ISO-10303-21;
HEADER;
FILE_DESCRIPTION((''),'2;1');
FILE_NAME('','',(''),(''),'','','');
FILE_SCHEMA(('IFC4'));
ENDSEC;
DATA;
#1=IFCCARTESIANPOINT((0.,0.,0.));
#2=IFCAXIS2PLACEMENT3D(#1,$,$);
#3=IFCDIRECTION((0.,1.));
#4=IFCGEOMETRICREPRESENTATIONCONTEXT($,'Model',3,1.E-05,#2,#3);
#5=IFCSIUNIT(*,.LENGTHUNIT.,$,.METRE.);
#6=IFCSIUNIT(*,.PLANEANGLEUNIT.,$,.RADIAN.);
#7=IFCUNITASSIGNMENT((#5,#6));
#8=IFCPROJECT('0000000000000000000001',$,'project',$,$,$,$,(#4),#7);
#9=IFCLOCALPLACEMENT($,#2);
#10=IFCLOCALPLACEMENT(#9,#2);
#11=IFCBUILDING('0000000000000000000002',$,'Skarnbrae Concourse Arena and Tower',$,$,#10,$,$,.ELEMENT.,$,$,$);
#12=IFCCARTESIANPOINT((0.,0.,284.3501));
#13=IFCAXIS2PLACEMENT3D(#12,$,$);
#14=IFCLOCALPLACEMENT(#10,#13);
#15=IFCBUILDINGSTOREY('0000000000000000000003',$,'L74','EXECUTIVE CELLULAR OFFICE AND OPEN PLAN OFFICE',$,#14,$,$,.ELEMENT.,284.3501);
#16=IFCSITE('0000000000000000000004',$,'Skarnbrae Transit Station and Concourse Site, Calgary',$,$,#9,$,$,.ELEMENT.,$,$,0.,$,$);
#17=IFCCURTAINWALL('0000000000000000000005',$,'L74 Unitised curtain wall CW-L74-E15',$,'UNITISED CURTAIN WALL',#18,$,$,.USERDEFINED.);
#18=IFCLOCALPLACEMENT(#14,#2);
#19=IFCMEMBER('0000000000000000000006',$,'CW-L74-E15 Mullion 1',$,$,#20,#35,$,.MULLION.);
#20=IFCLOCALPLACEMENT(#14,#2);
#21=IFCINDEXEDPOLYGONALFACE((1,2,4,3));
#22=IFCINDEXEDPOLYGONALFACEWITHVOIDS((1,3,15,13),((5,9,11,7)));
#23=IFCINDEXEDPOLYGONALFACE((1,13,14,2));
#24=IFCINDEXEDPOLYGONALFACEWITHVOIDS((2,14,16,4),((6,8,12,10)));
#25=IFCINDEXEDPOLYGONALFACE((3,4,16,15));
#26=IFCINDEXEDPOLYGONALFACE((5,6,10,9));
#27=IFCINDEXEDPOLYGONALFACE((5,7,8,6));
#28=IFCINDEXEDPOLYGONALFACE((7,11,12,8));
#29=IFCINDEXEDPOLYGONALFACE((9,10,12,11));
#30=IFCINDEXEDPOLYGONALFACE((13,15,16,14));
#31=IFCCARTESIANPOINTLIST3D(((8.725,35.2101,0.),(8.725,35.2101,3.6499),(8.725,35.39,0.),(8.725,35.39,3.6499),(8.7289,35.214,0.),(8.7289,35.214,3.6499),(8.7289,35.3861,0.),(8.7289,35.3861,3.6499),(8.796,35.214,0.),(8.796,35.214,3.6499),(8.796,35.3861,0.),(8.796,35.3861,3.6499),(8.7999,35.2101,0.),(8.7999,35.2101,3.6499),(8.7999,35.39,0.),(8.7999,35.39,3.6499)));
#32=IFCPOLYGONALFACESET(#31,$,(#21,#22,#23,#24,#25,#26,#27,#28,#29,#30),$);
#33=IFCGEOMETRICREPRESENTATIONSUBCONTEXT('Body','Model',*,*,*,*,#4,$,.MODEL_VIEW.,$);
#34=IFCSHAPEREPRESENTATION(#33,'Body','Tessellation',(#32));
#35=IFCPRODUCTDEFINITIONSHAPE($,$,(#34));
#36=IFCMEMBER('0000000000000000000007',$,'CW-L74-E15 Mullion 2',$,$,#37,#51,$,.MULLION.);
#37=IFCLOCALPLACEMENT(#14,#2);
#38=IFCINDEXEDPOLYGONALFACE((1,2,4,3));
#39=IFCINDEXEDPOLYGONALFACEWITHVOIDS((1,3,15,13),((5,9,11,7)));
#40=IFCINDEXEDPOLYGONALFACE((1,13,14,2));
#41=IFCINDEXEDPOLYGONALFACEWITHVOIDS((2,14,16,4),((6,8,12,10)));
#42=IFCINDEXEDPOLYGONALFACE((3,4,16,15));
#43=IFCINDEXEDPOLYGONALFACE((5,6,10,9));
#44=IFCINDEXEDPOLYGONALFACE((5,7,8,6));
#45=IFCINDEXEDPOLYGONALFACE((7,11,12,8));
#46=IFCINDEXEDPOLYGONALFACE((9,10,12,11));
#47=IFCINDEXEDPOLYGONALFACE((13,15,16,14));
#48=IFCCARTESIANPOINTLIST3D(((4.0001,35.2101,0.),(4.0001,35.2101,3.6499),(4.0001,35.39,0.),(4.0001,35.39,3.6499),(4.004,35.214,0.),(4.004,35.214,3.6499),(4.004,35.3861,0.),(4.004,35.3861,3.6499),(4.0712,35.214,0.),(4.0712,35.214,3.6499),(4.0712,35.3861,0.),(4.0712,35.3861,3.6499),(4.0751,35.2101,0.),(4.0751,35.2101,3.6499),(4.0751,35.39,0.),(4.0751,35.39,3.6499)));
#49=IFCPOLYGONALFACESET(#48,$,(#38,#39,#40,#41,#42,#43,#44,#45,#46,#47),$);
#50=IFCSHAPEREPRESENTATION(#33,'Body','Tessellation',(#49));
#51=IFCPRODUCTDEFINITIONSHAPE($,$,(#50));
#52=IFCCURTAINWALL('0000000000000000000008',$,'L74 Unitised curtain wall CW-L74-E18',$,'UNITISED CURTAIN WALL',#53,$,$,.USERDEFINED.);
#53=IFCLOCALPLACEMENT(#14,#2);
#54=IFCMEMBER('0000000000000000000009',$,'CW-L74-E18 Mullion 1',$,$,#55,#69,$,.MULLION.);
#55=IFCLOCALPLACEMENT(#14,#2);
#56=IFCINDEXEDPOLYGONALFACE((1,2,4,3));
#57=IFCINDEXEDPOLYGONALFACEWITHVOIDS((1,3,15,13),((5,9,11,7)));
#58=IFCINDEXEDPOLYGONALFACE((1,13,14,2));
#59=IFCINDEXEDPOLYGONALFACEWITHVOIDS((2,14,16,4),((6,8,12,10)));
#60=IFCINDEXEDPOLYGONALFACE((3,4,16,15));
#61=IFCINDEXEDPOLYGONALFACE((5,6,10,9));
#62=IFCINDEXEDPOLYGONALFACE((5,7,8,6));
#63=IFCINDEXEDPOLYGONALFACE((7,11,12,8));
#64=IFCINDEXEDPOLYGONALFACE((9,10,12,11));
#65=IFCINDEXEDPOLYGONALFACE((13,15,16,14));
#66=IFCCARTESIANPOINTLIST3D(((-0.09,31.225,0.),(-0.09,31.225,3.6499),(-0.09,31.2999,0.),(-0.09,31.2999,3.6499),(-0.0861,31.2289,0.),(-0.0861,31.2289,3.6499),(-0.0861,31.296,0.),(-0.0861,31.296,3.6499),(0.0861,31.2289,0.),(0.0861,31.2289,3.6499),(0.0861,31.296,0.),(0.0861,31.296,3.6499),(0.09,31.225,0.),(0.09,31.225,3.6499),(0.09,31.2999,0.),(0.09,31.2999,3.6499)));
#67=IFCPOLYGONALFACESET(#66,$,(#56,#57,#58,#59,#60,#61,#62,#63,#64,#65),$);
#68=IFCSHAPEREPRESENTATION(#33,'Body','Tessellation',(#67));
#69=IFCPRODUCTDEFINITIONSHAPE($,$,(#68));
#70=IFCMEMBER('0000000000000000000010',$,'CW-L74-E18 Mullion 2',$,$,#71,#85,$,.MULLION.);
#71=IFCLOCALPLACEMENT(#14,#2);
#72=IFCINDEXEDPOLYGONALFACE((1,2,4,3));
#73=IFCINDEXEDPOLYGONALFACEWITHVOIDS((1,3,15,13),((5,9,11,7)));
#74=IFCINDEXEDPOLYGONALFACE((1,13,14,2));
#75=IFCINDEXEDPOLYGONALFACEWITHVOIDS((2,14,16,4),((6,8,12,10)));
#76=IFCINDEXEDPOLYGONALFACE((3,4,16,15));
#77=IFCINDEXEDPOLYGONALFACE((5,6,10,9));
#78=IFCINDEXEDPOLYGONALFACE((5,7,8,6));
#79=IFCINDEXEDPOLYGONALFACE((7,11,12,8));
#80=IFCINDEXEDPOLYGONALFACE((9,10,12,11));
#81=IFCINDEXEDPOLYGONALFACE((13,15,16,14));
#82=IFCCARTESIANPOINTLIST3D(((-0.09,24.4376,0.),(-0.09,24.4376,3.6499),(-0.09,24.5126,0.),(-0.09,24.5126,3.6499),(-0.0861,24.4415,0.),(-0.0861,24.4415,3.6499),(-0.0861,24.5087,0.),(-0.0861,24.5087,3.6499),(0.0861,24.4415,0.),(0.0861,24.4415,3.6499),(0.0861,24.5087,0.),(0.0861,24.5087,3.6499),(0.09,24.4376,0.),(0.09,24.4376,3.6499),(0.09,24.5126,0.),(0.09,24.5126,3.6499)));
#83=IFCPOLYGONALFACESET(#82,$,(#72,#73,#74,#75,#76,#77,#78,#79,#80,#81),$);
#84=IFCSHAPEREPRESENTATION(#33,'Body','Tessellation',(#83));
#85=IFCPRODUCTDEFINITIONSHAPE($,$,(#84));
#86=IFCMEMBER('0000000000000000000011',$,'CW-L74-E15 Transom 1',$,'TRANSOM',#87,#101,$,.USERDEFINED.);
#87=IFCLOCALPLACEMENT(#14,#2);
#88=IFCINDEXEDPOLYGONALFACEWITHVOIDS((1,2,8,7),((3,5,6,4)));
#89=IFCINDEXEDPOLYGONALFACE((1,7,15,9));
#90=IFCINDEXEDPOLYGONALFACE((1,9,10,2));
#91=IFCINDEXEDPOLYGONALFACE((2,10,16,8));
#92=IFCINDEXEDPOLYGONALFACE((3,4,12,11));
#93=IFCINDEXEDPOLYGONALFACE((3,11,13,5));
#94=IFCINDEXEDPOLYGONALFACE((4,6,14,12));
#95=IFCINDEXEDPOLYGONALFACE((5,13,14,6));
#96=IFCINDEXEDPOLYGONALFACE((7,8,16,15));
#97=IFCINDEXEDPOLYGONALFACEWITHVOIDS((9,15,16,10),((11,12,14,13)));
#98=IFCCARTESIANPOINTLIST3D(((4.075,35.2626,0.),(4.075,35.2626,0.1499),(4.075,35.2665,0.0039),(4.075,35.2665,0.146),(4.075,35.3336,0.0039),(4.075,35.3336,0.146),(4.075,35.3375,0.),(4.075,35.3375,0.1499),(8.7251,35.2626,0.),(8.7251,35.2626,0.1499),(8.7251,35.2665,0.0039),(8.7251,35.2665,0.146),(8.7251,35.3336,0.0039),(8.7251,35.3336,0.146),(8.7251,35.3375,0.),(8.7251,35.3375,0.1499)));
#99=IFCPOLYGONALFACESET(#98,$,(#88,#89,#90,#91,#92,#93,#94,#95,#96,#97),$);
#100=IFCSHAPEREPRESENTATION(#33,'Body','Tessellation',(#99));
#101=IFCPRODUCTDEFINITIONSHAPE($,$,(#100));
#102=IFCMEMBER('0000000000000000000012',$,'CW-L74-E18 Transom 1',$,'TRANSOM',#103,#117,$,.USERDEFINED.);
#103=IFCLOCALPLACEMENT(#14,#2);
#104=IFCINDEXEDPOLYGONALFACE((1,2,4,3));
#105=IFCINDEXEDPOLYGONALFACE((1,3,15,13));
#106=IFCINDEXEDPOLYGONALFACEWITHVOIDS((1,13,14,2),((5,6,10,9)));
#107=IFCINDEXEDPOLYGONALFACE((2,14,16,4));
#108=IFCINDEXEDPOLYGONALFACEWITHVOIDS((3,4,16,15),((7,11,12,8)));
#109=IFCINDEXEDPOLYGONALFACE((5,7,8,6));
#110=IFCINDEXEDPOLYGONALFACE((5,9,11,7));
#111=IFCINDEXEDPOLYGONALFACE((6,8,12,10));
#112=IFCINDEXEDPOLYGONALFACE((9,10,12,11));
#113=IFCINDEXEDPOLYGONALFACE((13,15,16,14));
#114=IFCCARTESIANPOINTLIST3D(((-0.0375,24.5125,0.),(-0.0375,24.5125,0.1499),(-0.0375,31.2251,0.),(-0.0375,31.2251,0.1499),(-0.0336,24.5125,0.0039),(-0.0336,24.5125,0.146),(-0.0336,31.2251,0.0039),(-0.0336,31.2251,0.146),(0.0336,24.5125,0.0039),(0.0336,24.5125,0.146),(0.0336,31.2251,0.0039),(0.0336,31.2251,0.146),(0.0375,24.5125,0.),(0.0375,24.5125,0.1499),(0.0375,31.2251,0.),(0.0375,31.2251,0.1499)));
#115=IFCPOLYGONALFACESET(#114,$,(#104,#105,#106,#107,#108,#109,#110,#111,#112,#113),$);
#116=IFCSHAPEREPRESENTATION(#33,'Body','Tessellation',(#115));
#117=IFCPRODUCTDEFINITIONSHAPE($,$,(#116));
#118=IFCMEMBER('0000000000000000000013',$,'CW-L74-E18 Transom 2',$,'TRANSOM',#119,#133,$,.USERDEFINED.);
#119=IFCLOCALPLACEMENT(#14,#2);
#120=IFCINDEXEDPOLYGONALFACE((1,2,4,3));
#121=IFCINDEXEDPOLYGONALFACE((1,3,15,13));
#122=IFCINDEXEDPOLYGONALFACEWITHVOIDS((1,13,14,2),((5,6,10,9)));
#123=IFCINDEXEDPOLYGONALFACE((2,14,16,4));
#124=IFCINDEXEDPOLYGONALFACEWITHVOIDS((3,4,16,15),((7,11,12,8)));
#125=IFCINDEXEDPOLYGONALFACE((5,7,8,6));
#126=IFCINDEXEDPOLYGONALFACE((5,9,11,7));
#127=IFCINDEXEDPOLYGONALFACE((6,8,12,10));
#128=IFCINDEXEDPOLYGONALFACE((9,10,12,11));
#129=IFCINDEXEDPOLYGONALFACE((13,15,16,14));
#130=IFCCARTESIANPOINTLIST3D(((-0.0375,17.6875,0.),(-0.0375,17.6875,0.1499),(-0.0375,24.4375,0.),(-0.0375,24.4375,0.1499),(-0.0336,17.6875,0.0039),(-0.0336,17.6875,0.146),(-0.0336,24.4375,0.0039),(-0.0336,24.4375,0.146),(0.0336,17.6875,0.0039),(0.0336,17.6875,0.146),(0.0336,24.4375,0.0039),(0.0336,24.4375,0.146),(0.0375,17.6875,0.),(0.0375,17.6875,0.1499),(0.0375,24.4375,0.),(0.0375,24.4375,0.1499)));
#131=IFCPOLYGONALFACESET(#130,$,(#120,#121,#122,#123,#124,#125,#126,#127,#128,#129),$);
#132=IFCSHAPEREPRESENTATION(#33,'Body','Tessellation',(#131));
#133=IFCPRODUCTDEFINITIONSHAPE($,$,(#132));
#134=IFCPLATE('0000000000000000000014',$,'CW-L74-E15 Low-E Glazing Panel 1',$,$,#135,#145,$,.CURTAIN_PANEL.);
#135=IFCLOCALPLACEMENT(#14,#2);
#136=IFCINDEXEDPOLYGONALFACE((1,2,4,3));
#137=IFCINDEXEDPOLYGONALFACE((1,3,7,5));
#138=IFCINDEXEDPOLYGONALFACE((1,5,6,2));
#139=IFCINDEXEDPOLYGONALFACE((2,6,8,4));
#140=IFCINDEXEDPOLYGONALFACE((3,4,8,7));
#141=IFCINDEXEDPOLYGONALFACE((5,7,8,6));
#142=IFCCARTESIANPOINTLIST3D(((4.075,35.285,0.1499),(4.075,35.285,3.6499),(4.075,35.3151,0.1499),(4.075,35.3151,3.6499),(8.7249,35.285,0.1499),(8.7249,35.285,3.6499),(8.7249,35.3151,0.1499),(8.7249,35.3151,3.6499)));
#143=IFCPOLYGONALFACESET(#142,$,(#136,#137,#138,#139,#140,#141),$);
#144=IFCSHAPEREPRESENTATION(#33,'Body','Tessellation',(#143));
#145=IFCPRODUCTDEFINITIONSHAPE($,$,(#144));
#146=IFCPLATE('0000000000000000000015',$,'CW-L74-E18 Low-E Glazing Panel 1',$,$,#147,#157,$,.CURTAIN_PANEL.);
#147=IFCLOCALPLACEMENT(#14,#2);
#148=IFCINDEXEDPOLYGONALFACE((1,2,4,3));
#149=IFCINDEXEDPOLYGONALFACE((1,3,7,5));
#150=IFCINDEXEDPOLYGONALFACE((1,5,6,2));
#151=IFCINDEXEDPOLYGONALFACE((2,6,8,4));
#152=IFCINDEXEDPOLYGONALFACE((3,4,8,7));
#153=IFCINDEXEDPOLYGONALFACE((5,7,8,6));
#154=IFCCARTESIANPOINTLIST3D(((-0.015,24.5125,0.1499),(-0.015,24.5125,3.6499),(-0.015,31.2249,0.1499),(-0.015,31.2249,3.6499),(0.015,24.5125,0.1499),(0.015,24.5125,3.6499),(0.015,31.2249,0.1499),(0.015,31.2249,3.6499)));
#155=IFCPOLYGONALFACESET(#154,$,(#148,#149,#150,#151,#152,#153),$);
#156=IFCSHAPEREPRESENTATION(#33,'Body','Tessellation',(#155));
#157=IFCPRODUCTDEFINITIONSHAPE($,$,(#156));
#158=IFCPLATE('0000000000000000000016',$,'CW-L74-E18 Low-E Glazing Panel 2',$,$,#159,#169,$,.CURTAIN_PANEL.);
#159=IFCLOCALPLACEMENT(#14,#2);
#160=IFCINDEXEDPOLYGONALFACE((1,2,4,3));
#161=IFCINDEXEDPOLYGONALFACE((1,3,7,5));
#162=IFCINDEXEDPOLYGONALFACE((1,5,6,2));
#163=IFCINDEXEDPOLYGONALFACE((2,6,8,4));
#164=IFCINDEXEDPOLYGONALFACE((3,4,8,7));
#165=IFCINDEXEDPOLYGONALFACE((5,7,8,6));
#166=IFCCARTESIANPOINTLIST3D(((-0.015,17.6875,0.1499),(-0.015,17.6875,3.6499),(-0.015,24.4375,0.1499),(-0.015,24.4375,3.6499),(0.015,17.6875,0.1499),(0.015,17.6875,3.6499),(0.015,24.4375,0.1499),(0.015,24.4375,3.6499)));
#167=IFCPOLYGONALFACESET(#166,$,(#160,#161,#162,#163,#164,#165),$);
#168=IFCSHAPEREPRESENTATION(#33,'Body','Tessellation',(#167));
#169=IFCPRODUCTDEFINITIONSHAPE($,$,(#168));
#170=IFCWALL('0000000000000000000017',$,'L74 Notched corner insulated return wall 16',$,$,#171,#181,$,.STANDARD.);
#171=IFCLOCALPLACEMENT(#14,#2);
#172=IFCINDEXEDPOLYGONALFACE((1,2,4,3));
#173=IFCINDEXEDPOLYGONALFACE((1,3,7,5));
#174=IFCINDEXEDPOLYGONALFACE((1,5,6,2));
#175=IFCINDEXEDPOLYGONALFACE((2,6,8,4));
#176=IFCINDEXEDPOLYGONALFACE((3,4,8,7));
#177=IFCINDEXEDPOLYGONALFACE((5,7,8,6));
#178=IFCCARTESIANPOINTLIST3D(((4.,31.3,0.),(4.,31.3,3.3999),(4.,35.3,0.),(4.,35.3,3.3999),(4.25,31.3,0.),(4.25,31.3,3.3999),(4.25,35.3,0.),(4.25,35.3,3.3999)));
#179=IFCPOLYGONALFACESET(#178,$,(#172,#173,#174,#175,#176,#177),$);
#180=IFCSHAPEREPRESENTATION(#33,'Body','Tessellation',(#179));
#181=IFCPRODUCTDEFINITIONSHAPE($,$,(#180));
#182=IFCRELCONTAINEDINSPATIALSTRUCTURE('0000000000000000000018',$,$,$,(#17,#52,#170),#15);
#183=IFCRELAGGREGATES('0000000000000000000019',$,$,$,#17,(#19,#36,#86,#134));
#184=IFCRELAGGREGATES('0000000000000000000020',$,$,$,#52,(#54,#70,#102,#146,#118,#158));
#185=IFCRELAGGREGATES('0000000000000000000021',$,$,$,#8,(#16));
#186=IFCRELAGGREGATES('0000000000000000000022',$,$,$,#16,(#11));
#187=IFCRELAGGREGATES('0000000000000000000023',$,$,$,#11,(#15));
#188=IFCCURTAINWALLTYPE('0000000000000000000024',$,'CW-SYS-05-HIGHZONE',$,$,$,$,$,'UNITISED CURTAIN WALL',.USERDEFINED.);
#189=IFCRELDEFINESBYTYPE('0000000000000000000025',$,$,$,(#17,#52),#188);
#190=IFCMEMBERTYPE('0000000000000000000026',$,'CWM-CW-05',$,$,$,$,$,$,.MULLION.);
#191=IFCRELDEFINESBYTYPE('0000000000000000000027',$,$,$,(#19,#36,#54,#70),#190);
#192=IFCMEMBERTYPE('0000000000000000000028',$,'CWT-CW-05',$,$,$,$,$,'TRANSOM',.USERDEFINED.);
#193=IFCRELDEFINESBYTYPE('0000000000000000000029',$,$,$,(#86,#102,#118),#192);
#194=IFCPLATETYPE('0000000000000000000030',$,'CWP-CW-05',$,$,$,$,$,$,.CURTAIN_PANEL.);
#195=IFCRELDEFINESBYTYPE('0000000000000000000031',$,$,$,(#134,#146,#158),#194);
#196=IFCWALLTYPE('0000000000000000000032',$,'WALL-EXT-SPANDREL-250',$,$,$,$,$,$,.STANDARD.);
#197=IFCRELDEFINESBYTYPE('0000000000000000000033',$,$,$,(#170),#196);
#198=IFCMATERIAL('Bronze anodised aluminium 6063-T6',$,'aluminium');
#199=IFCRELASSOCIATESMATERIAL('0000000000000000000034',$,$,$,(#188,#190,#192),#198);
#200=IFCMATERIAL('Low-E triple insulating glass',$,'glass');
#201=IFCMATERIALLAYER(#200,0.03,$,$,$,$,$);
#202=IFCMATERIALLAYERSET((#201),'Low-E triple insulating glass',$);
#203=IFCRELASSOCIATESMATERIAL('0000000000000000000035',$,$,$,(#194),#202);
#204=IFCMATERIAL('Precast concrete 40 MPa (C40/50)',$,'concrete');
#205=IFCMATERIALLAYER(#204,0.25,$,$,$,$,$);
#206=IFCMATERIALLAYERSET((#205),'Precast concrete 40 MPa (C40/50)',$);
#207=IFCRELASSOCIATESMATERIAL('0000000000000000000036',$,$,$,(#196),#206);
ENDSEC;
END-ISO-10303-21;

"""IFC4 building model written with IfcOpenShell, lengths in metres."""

from ifc_helpers import new_model, si_unit, direction, frame, frame_2d, origin, origin_2d, place, context, subcontext, project, spatial, rectangle, hollow_rectangle, extrude, source, transform, mapped, material, layer, layer_set, material_profile, profile_set, type_object, element, aggregate, save


model = new_model("IFC4")

# Units and contexts
model_context = context("Model", 3, precision=1e-05, world=origin(), true_north=direction((0.0, 1.0)))
body_context = subcontext(model_context, "Body", "Model", "MODEL_VIEW")
ifc_project = project(units=[si_unit("LENGTHUNIT", "METRE"), si_unit("PLANEANGLEUNIT", "RADIAN")], contexts=[model_context])

# Site, building, storey
site_placement = place(None, origin())
site = spatial("IfcSite", under=ifc_project, at=site_placement, Name="Skarnbrae Transit Station and Concourse Site, Calgary", CompositionType="ELEMENT", RefElevation=0.0)
building_placement = place(site_placement, origin())
building = spatial("IfcBuilding", under=site, at=building_placement, Name="Skarnbrae Concourse Arena and Tower", CompositionType="ELEMENT")
storey_placement = place(building_placement, frame((0.0, 0.0, 284.3501)))
storey = spatial("IfcBuildingStorey", under=building, at=storey_placement, Name="L74", Description="EXECUTIVE CELLULAR OFFICE AND OPEN PLAN OFFICE", CompositionType="ELEMENT", Elevation=284.3501)

# Curtain walls, members
ifc_material_1 = material(Name="Bronze anodised aluminium 6063-T6", Category="aluminium")
curtain_wall_type = type_object("IfcCurtainWallType", Name="CW-SYS-05-HIGHZONE", ElementType="UNITISED CURTAIN WALL", PredefinedType="USERDEFINED", material=ifc_material_1)
curtain_wall_1_placement = place(storey_placement, origin())
curtain_wall_1 = element("IfcCurtainWall", 1, at=curtain_wall_1_placement, inside=storey, type_object=curtain_wall_type, Name="L74 Unitised curtain wall CW-L74-E15", ObjectType="UNITISED CURTAIN WALL", PredefinedType="USERDEFINED")
ifc_material_profile_1 = material_profile(ifc_material_1, hollow_rectangle(XDim=0.075, YDim=0.1799, WallThickness=0.0039, at=origin_2d()), Name="ALU-MULL-75X180")
ifc_profile_set_1 = profile_set([ifc_material_profile_1], Name="Bronze anodised aluminium 6063-T6")
member_type_1 = type_object("IfcMemberType", Name="CWM-CW-05", PredefinedType="MULLION", material=ifc_profile_set_1)
shared_shape_1 = source(origin(), body_context, "Body", "SweptSolid", [
    extrude(hollow_rectangle(XDim=0.075, YDim=0.1799, WallThickness=0.0039, at=origin_2d()), origin(), (0.0, 0.0, 1.0), 3.6499),
])
member_1_placement = place(storey_placement, frame((8.7625, 35.3, 0.0), z_axis=(0.0, 0.0, 1.0), x_axis=(-1.0, 0.0, 0.0)))
member_1 = element("IfcMember", 2, at=member_1_placement, type_object=member_type_1, Name="CW-L74-E15 Mullion 1", PredefinedType="MULLION", context=body_context, shape_type="MappedRepresentation", body=[
    mapped(shared_shape_1, transform((0.0, 0.0, 0.0))),
])
member_2_placement = place(storey_placement, frame((4.0376, 35.3, 0.0), z_axis=(0.0, 0.0, 1.0), x_axis=(-1.0, 0.0, 0.0)))
member_2 = element("IfcMember", 3, at=member_2_placement, type_object=member_type_1, Name="CW-L74-E15 Mullion 2", PredefinedType="MULLION", context=body_context, shape_type="MappedRepresentation", body=[
    mapped(shared_shape_1, transform((0.0, 0.0, 0.0))),
])
curtain_wall_2_placement = place(storey_placement, origin())
curtain_wall_2 = element("IfcCurtainWall", 4, at=curtain_wall_2_placement, inside=storey, type_object=curtain_wall_type, Name="L74 Unitised curtain wall CW-L74-E18", ObjectType="UNITISED CURTAIN WALL", PredefinedType="USERDEFINED")
member_3_placement = place(storey_placement, frame((0.0, 31.2625, 0.0), z_axis=(0.0, 0.0, 1.0), x_axis=(0.0, -1.0, 0.0)))
member_3 = element("IfcMember", 5, at=member_3_placement, type_object=member_type_1, Name="CW-L74-E18 Mullion 1", PredefinedType="MULLION", context=body_context, shape_type="MappedRepresentation", body=[
    mapped(shared_shape_1, transform((0.0, 0.0, 0.0))),
])
member_4_placement = place(storey_placement, frame((0.0, 24.4751, 0.0), z_axis=(0.0, 0.0, 1.0), x_axis=(0.0, -1.0, 0.0)))
member_4 = element("IfcMember", 6, at=member_4_placement, type_object=member_type_1, Name="CW-L74-E18 Mullion 2", PredefinedType="MULLION", context=body_context, shape_type="MappedRepresentation", body=[
    mapped(shared_shape_1, transform((0.0, 0.0, 0.0))),
])

# Members
ifc_material_profile_2 = material_profile(ifc_material_1, hollow_rectangle(XDim=0.075, YDim=0.1499, WallThickness=0.0039, at=origin_2d()), Name="ALU-TRAN-75X150")
ifc_profile_set_2 = profile_set([ifc_material_profile_2], Name="Bronze anodised aluminium 6063-T6")
member_type_2 = type_object("IfcMemberType", Name="CWT-CW-05", ElementType="TRANSOM", PredefinedType="USERDEFINED", material=ifc_profile_set_2)
shared_shape_2 = source(origin(), body_context, "Body", "SweptSolid", [
    extrude(hollow_rectangle(XDim=0.075, YDim=0.1499, WallThickness=0.0039, at=origin_2d()), origin(), (0.0, 0.0, 1.0), 4.6501),
])
member_5_placement = place(storey_placement, frame((8.7251, 35.3, 0.075), z_axis=(-1.0, 0.0, 0.0), x_axis=(0.0, -1.0, 0.0)))
member_5 = element("IfcMember", 7, at=member_5_placement, type_object=member_type_2, Name="CW-L74-E15 Transom 1", ObjectType="TRANSOM", PredefinedType="USERDEFINED", context=body_context, shape_type="MappedRepresentation", body=[
    mapped(shared_shape_2, transform((0.0, 0.0, 0.0))),
])
shared_shape_3 = source(origin(), body_context, "Body", "SweptSolid", [
    extrude(hollow_rectangle(XDim=0.075, YDim=0.1499, WallThickness=0.0039, at=origin_2d()), origin(), (0.0, 0.0, 1.0), 6.7126),
])
member_6_placement = place(storey_placement, frame((0.0, 31.2251, 0.075), z_axis=(0.0, -1.0, 0.0), x_axis=(1.0, 0.0, 0.0)))
member_6 = element("IfcMember", 8, at=member_6_placement, type_object=member_type_2, Name="CW-L74-E18 Transom 1", ObjectType="TRANSOM", PredefinedType="USERDEFINED", context=body_context, shape_type="MappedRepresentation", body=[
    mapped(shared_shape_3, transform((0.0, 0.0, 0.0))),
])
shared_shape_4 = source(origin(), body_context, "Body", "SweptSolid", [
    extrude(hollow_rectangle(XDim=0.075, YDim=0.1499, WallThickness=0.0039, at=origin_2d()), origin(), (0.0, 0.0, 1.0), 6.75),
])
member_7_placement = place(storey_placement, frame((0.0, 24.4375, 0.075), z_axis=(0.0, -1.0, 0.0), x_axis=(1.0, 0.0, 0.0)))
member_7 = element("IfcMember", 9, at=member_7_placement, type_object=member_type_2, Name="CW-L74-E18 Transom 2", ObjectType="TRANSOM", PredefinedType="USERDEFINED", context=body_context, shape_type="MappedRepresentation", body=[
    mapped(shared_shape_4, transform((0.0, 0.0, 0.0))),
])

# Plates
ifc_material_2 = material(Name="Low-E triple insulating glass", Category="glass")
ifc_layer_1 = layer(ifc_material_2, 0.03)
ifc_layer_set_1 = layer_set([ifc_layer_1], Name="Low-E triple insulating glass")
plate_type = type_object("IfcPlateType", Name="CWP-CW-05", PredefinedType="CURTAIN_PANEL", material=ifc_layer_set_1)
shared_shape_5 = source(origin(), body_context, "Body", "SweptSolid", [
    extrude(rectangle(XDim=4.6499, YDim=0.03, at=origin_2d()), origin(), (0.0, 0.0, 1.0), 3.5),
])
plate_1_placement = place(storey_placement, frame((6.3999, 35.3, 0.1499), z_axis=(0.0, 0.0, 1.0), x_axis=(-1.0, 0.0, 0.0)))
plate_1 = element("IfcPlate", 10, at=plate_1_placement, type_object=plate_type, Name="CW-L74-E15 Low-E Glazing Panel 1", PredefinedType="CURTAIN_PANEL", context=body_context, shape_type="MappedRepresentation", body=[
    mapped(shared_shape_5, transform((0.0, 0.0, 0.0))),
])
aggregate(curtain_wall_1, [member_1, member_2, member_5, plate_1])
shared_shape_6 = source(origin(), body_context, "Body", "SweptSolid", [
    extrude(rectangle(XDim=6.7124, YDim=0.03, at=origin_2d()), origin(), (0.0, 0.0, 1.0), 3.5),
])
plate_2_placement = place(storey_placement, frame((0.0, 27.8687, 0.1499), z_axis=(0.0, 0.0, 1.0), x_axis=(0.0, -1.0, 0.0)))
plate_2 = element("IfcPlate", 11, at=plate_2_placement, type_object=plate_type, Name="CW-L74-E18 Low-E Glazing Panel 1", PredefinedType="CURTAIN_PANEL", context=body_context, shape_type="MappedRepresentation", body=[
    mapped(shared_shape_6, transform((0.0, 0.0, 0.0))),
])
shared_shape_7 = source(origin(), body_context, "Body", "SweptSolid", [
    extrude(rectangle(XDim=6.75, YDim=0.03, at=origin_2d()), origin(), (0.0, 0.0, 1.0), 3.5),
])
plate_3_placement = place(storey_placement, frame((0.0, 21.0625, 0.1499), z_axis=(0.0, 0.0, 1.0), x_axis=(0.0, -1.0, 0.0)))
plate_3 = element("IfcPlate", 12, at=plate_3_placement, type_object=plate_type, Name="CW-L74-E18 Low-E Glazing Panel 2", PredefinedType="CURTAIN_PANEL", context=body_context, shape_type="MappedRepresentation", body=[
    mapped(shared_shape_7, transform((0.0, 0.0, 0.0))),
])
aggregate(curtain_wall_2, [member_3, member_4, member_6, plate_2, member_7, plate_3])

# Wall
ifc_material_3 = material(Name="Precast concrete 40 MPa (C40/50)", Category="concrete")
ifc_layer_2 = layer(ifc_material_3, 0.25)
ifc_layer_set_2 = layer_set([ifc_layer_2], Name="Precast concrete 40 MPa (C40/50)")
wall_type_1 = type_object("IfcWallType", Name="WALL-EXT-SPANDREL-250", PredefinedType="STANDARD", material=ifc_layer_set_2)
shared_shape_8 = source(origin(), body_context, "Body", "SweptSolid", [
    extrude(rectangle(XDim=4.0, YDim=0.25, at=frame_2d((2.0, 0.0))), origin(), (0.0, 0.0, 1.0), 3.3999),
])
for number, where, z_axis, x_axis, name in (
    (13, (4.125, 35.3, 0.0), (0.0, 0.0, 1.0), (0.0, -1.0, 0.0), "L74 Notched corner insulated return wall 16"),
):
    element("IfcWall", number, at=place(storey_placement, frame(where, z_axis=z_axis, x_axis=x_axis)), inside=storey, type_object=wall_type_1, Name=name, PredefinedType="STANDARD", context=body_context, shape_type="MappedRepresentation", body=[
        mapped(shared_shape_8, transform((0.0, 0.0, 0.0))),
    ])

save(model, "model.ifc")
